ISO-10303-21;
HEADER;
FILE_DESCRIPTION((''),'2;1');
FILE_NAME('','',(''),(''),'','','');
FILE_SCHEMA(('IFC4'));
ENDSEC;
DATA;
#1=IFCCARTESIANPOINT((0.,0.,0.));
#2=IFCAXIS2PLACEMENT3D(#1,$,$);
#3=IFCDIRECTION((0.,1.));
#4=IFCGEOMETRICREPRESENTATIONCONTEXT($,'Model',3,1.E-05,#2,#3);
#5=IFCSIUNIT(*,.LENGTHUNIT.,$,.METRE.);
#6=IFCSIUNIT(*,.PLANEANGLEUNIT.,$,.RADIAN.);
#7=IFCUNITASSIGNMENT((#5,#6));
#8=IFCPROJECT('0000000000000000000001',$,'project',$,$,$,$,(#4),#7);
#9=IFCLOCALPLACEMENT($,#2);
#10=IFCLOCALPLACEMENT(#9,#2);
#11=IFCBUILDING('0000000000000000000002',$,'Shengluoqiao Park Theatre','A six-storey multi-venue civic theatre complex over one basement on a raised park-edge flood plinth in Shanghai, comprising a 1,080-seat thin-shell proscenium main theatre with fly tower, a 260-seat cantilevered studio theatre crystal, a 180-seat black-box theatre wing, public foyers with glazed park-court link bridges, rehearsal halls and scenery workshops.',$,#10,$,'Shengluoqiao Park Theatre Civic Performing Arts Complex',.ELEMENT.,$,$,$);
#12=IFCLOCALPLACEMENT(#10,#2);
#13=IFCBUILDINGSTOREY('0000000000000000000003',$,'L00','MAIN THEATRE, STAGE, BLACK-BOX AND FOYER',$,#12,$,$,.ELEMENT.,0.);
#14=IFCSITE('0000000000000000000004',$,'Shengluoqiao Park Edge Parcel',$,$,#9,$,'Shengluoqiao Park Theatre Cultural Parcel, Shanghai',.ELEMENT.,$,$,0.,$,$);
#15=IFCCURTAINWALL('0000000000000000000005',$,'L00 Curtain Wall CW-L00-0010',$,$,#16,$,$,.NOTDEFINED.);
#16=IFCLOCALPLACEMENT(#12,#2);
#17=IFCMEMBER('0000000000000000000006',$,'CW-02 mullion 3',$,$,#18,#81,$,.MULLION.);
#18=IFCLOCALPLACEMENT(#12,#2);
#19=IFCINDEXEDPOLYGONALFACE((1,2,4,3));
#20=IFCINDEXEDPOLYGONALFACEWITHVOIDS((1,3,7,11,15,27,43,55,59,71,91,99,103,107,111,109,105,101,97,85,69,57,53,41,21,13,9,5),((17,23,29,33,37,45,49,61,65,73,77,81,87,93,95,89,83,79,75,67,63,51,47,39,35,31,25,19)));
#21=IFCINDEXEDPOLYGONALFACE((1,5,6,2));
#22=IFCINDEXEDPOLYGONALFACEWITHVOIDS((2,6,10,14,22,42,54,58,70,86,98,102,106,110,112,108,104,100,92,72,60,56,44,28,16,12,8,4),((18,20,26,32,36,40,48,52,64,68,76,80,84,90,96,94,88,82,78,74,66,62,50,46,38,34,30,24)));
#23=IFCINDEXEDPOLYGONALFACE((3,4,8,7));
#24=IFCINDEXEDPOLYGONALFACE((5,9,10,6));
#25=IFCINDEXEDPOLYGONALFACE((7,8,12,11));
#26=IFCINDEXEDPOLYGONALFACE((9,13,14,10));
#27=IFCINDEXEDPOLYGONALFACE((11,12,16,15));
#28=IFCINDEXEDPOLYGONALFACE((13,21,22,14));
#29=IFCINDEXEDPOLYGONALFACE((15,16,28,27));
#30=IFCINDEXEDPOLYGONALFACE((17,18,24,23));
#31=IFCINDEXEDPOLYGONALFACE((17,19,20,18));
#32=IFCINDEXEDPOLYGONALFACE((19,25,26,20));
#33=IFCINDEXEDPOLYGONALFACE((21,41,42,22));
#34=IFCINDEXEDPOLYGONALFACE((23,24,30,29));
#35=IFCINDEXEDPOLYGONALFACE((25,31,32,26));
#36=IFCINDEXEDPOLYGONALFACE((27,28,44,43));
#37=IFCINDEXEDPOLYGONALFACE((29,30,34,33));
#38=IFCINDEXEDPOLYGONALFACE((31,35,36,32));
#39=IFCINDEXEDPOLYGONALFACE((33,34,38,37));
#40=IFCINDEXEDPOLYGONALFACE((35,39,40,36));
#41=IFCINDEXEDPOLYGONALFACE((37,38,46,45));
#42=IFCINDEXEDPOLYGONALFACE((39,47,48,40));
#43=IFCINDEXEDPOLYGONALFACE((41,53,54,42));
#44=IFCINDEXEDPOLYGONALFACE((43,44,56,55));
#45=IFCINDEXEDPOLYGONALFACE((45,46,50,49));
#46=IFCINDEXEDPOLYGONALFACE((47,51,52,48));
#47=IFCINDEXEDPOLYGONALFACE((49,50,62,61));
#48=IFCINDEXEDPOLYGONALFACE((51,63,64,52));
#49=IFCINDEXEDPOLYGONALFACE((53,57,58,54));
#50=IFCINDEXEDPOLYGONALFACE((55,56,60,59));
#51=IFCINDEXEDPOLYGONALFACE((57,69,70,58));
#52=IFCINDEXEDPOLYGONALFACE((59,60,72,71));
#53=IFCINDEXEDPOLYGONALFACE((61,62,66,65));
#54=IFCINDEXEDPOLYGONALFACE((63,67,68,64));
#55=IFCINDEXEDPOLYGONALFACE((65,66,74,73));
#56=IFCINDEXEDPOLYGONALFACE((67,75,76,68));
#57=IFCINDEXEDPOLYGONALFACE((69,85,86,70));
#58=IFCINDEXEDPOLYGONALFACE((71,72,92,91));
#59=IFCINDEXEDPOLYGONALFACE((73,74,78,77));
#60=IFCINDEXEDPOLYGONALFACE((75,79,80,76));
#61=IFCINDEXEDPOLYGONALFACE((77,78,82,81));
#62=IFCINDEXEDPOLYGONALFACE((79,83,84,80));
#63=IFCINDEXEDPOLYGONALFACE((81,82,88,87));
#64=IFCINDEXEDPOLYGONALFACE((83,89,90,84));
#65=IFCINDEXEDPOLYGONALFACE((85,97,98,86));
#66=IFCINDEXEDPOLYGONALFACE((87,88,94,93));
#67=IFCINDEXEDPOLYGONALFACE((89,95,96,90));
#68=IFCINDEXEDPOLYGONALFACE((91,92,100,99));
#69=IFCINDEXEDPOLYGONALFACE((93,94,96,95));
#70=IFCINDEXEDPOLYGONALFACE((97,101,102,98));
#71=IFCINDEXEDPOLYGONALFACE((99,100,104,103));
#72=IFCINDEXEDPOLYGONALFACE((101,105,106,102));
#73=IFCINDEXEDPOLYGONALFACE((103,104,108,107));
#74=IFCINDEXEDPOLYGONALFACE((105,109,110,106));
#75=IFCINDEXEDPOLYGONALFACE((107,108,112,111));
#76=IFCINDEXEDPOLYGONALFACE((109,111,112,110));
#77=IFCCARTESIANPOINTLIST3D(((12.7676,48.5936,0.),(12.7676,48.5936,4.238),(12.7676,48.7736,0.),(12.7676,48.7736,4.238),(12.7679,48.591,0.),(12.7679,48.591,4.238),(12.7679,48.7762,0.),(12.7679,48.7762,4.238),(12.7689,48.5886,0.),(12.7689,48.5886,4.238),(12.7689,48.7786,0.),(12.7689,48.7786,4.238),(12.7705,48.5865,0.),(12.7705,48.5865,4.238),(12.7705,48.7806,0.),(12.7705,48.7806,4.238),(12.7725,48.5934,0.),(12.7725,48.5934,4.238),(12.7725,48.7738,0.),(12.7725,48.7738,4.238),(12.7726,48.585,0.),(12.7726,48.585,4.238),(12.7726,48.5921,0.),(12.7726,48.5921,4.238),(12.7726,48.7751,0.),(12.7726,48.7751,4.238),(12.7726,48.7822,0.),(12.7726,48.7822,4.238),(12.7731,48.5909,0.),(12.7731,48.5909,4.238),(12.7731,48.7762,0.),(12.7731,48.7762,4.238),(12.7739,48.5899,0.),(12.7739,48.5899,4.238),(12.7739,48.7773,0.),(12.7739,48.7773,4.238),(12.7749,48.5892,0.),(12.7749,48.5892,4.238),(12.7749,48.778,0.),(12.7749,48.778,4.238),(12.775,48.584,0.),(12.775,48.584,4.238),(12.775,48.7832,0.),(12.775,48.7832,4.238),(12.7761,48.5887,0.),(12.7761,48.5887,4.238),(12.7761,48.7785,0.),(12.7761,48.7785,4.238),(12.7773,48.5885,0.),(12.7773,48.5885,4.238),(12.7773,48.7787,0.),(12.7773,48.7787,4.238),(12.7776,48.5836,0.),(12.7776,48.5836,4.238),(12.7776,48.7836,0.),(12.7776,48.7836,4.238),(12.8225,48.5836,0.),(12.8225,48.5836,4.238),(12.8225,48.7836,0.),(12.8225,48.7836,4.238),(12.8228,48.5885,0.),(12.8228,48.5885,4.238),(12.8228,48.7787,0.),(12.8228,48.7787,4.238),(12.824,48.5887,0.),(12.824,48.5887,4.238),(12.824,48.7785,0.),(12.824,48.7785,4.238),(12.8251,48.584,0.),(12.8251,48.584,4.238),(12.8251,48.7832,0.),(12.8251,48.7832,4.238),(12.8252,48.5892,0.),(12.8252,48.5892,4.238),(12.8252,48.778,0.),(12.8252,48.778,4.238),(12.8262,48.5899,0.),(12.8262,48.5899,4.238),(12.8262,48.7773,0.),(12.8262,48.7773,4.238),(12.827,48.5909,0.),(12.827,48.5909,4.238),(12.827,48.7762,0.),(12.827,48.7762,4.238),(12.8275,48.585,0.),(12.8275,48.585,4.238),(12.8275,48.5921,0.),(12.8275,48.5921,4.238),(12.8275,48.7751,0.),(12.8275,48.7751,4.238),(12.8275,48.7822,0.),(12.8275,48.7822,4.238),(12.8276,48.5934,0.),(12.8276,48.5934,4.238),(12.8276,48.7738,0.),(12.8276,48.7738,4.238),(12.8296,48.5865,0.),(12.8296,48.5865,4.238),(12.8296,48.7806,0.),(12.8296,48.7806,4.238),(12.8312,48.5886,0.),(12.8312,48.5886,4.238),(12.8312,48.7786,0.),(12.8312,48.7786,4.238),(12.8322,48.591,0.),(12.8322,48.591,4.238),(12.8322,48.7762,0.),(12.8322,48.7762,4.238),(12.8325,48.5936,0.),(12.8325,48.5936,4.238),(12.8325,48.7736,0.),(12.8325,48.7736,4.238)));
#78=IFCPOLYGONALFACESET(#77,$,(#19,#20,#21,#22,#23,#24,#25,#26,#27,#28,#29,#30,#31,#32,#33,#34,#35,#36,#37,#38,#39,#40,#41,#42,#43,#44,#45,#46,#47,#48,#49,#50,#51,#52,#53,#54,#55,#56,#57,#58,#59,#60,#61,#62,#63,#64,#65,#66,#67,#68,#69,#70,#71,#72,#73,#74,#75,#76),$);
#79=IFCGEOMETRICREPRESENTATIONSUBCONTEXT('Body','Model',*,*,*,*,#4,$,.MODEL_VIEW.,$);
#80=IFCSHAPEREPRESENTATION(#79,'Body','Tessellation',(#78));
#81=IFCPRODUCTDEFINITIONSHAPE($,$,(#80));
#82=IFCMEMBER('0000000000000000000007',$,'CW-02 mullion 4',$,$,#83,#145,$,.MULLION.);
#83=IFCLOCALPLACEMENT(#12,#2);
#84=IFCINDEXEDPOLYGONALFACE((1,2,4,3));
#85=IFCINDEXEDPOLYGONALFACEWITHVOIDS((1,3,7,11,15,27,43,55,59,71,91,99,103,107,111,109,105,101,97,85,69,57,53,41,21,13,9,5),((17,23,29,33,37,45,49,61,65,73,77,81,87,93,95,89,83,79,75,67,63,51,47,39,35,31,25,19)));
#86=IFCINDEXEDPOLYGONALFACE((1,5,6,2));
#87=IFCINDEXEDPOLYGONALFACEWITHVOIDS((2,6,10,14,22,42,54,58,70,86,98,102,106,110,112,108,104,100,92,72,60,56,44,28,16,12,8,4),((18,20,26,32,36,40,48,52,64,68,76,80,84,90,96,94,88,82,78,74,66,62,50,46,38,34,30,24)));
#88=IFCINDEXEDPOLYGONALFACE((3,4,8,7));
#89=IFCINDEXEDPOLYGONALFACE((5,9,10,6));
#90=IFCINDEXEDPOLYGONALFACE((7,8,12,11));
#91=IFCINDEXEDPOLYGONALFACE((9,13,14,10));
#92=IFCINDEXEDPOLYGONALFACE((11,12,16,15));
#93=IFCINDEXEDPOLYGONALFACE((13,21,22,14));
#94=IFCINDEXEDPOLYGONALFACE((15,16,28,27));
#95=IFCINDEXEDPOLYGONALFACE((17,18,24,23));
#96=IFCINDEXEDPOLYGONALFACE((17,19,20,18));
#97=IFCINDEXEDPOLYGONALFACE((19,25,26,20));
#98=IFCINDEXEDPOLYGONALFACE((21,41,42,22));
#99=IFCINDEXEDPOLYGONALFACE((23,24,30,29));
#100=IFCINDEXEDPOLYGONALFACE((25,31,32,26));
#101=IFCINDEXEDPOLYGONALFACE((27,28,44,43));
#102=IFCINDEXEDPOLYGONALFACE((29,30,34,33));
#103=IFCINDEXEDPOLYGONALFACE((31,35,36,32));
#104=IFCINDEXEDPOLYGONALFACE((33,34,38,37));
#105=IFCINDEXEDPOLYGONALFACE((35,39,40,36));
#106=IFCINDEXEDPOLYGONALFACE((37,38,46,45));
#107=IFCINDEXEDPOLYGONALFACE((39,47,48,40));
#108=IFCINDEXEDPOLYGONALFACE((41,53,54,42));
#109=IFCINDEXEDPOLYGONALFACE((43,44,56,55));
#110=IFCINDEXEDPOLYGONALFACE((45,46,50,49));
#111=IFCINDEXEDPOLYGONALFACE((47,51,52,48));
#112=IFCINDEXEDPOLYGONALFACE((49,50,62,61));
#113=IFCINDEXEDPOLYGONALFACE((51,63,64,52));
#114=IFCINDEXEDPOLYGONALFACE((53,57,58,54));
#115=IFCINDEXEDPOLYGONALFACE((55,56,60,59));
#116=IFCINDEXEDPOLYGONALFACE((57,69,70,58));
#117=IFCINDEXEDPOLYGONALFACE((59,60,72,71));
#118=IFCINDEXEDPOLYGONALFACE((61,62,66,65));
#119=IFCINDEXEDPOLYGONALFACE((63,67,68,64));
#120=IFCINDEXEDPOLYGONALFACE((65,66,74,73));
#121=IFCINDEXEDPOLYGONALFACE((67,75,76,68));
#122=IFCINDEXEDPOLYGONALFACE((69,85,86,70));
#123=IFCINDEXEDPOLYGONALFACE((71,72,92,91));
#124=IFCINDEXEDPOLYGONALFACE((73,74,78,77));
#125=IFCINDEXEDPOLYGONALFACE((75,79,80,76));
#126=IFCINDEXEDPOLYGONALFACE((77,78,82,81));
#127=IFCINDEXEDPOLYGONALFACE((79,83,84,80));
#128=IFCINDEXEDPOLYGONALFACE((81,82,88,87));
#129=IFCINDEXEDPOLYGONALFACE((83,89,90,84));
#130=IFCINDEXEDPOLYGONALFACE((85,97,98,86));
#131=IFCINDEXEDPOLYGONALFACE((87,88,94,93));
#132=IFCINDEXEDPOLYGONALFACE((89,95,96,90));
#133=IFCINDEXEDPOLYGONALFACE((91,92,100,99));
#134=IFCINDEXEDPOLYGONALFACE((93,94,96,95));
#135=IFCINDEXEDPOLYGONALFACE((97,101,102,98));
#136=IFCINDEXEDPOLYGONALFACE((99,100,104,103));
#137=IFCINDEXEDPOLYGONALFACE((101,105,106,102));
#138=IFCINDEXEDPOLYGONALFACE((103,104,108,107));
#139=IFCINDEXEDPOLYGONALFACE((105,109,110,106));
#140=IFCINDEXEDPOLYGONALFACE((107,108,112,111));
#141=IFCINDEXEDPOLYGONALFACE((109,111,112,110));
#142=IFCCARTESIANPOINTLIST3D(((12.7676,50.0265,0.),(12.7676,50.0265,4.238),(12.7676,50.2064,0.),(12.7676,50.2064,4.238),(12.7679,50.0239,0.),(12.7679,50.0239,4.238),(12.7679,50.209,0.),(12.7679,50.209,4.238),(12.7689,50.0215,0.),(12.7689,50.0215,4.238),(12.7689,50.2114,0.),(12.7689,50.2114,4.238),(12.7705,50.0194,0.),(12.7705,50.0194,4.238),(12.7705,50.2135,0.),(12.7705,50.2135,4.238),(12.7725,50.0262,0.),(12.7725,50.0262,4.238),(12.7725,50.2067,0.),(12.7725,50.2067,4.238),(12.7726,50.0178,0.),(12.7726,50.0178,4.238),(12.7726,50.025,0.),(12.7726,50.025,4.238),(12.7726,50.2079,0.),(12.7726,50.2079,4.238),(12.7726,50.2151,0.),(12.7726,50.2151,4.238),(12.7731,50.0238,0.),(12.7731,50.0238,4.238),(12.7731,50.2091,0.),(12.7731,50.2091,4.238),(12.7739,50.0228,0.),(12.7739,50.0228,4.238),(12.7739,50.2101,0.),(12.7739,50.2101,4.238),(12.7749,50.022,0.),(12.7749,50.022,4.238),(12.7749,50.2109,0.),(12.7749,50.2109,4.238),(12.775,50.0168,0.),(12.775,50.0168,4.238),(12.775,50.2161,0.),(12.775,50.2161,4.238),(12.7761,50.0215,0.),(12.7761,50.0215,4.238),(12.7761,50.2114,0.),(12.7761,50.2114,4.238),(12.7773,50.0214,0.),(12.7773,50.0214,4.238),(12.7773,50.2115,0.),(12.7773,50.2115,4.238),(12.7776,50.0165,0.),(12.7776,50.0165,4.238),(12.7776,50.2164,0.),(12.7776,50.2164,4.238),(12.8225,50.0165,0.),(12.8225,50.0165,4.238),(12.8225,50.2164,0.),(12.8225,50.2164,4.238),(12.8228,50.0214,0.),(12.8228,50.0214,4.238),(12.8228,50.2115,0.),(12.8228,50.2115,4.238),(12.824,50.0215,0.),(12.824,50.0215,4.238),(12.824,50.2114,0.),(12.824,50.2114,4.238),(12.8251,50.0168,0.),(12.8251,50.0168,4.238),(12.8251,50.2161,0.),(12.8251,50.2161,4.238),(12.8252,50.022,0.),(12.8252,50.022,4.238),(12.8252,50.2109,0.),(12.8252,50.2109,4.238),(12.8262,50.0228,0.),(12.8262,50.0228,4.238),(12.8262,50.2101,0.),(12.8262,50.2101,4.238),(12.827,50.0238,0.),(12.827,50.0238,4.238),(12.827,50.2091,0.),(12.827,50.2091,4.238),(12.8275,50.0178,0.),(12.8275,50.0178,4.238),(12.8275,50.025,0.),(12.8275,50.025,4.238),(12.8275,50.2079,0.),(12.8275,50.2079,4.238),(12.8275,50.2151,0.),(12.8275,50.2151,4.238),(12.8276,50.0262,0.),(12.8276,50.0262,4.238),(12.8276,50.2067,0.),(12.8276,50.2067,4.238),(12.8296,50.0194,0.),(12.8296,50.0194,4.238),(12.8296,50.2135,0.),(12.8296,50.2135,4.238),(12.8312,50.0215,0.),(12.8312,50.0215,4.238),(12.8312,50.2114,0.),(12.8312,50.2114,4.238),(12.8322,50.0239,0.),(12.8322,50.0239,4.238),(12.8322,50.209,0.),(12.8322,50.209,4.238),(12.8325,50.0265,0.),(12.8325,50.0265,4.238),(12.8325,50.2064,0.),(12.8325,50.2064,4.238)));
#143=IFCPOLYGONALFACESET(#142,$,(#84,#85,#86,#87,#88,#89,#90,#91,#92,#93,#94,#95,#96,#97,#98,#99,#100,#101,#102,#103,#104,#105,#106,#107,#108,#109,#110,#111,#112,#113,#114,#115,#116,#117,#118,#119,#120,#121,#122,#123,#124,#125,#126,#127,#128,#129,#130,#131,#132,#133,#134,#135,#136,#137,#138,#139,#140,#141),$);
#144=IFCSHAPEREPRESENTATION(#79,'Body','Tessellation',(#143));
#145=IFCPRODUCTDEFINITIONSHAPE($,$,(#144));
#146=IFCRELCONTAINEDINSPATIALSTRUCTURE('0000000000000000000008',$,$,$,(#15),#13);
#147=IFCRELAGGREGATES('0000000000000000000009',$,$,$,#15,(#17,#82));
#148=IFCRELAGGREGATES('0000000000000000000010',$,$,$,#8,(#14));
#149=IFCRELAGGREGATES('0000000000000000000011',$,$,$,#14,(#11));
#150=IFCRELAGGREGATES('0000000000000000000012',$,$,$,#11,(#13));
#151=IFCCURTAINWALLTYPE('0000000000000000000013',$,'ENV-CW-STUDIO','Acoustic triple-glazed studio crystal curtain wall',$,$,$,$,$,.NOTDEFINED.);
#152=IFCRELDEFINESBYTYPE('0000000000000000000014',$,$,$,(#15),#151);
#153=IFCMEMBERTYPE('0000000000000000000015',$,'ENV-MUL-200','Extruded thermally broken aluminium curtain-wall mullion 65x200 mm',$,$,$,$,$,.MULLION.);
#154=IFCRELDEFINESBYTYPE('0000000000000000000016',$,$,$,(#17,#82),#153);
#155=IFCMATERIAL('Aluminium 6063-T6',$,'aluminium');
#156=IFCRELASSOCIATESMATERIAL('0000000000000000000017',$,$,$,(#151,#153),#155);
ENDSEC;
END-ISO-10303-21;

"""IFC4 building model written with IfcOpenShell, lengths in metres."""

from ifc_helpers import new_model, si_unit, direction, frame, origin, origin_2d, place, context, subcontext, project, spatial, hollow_rectangle, extrude, material, material_profile, profile_set, type_object, element, aggregate, save


model = new_model("IFC4")

# Units and contexts
model_context = context("Model", 3, precision=1e-05, world=origin(), true_north=direction((0.0, 1.0)))
body_context = subcontext(model_context, "Body", "Model", "MODEL_VIEW")
ifc_project = project(units=[si_unit("LENGTHUNIT", "METRE"), si_unit("PLANEANGLEUNIT", "RADIAN")], contexts=[model_context])

# Site, building, storey
site_placement = place(None, origin())
site = spatial("IfcSite", under=ifc_project, at=site_placement, Name="Shengluoqiao Park Edge Parcel", LongName="Shengluoqiao Park Theatre Cultural Parcel, Shanghai", CompositionType="ELEMENT", RefElevation=0.0)
building_placement = place(site_placement, origin())
building = spatial("IfcBuilding", under=site, at=building_placement, Name="Shengluoqiao Park Theatre", Description="A six-storey multi-venue civic theatre complex over one basement on a raised park-edge flood plinth in Shanghai, comprising a 1,080-seat thin-shell proscenium main theatre with fly tower, a 260-seat cantilevered studio theatre crystal, a 180-seat black-box theatre wing, public foyers with glazed park-court link bridges, rehearsal halls and scenery workshops.", LongName="Shengluoqiao Park Theatre Civic Performing Arts Complex", CompositionType="ELEMENT")
storey_placement = place(building_placement, origin())
storey = spatial("IfcBuildingStorey", under=building, at=storey_placement, Name="L00", Description="MAIN THEATRE, STAGE, BLACK-BOX AND FOYER", CompositionType="ELEMENT", Elevation=0.0)

# Curtain wall, members
ifc_material_1 = material(Name="Aluminium 6063-T6", Category="aluminium")
curtain_wall_type = type_object("IfcCurtainWallType", Name="ENV-CW-STUDIO", Description="Acoustic triple-glazed studio crystal curtain wall", PredefinedType="NOTDEFINED", material=ifc_material_1)
curtain_wall_placement = place(storey_placement, origin())
curtain_wall = element("IfcCurtainWall", 1, at=curtain_wall_placement, inside=storey, type_object=curtain_wall_type, Name="L00 Curtain Wall CW-L00-0010", PredefinedType="NOTDEFINED")
ifc_material_profile_1 = material_profile(ifc_material_1, hollow_rectangle(XDim=0.0649, YDim=0.2, WallThickness=0.0049, InnerFilletRadius=0.0049, OuterFilletRadius=0.01, at=origin_2d()), Name="ALU MULLION 200x65x5")
ifc_profile_set_1 = profile_set([ifc_material_profile_1], Name="Aluminium 6063-T6")
member_type_1 = type_object("IfcMemberType", Name="ENV-MUL-200", Description="Extruded thermally broken aluminium curtain-wall mullion 65x200 mm", PredefinedType="MULLION", material=ifc_profile_set_1)
member_1_placement = place(storey_placement, frame((12.8, 48.6836, 0.0), z_axis=(0.0, 0.0, 1.0), x_axis=(-1.0, 0.0, 0.0)))
member_1 = element("IfcMember", 2, at=member_1_placement, type_object=member_type_1, Name="CW-02 mullion 3", PredefinedType="MULLION", context=body_context, shape_type="SweptSolid", body=[
    extrude(hollow_rectangle(XDim=0.0649, YDim=0.2, WallThickness=0.0049, InnerFilletRadius=0.0049, OuterFilletRadius=0.01, at=origin_2d()), origin(), (0.0, 0.0, 1.0), 4.238),
])
member_2_placement = place(storey_placement, frame((12.8, 50.1165, 0.0), z_axis=(0.0, 0.0, 1.0), x_axis=(-1.0, 0.0, 0.0)))
member_2 = element("IfcMember", 3, at=member_2_placement, type_object=member_type_1, Name="CW-02 mullion 4", PredefinedType="MULLION", context=body_context, shape_type="SweptSolid", body=[
    extrude(hollow_rectangle(XDim=0.0649, YDim=0.2, WallThickness=0.0049, InnerFilletRadius=0.0049, OuterFilletRadius=0.01, at=origin_2d()), origin(), (0.0, 0.0, 1.0), 4.238),
])
aggregate(curtain_wall, [member_1, member_2])

save(model, "model.ifc")
